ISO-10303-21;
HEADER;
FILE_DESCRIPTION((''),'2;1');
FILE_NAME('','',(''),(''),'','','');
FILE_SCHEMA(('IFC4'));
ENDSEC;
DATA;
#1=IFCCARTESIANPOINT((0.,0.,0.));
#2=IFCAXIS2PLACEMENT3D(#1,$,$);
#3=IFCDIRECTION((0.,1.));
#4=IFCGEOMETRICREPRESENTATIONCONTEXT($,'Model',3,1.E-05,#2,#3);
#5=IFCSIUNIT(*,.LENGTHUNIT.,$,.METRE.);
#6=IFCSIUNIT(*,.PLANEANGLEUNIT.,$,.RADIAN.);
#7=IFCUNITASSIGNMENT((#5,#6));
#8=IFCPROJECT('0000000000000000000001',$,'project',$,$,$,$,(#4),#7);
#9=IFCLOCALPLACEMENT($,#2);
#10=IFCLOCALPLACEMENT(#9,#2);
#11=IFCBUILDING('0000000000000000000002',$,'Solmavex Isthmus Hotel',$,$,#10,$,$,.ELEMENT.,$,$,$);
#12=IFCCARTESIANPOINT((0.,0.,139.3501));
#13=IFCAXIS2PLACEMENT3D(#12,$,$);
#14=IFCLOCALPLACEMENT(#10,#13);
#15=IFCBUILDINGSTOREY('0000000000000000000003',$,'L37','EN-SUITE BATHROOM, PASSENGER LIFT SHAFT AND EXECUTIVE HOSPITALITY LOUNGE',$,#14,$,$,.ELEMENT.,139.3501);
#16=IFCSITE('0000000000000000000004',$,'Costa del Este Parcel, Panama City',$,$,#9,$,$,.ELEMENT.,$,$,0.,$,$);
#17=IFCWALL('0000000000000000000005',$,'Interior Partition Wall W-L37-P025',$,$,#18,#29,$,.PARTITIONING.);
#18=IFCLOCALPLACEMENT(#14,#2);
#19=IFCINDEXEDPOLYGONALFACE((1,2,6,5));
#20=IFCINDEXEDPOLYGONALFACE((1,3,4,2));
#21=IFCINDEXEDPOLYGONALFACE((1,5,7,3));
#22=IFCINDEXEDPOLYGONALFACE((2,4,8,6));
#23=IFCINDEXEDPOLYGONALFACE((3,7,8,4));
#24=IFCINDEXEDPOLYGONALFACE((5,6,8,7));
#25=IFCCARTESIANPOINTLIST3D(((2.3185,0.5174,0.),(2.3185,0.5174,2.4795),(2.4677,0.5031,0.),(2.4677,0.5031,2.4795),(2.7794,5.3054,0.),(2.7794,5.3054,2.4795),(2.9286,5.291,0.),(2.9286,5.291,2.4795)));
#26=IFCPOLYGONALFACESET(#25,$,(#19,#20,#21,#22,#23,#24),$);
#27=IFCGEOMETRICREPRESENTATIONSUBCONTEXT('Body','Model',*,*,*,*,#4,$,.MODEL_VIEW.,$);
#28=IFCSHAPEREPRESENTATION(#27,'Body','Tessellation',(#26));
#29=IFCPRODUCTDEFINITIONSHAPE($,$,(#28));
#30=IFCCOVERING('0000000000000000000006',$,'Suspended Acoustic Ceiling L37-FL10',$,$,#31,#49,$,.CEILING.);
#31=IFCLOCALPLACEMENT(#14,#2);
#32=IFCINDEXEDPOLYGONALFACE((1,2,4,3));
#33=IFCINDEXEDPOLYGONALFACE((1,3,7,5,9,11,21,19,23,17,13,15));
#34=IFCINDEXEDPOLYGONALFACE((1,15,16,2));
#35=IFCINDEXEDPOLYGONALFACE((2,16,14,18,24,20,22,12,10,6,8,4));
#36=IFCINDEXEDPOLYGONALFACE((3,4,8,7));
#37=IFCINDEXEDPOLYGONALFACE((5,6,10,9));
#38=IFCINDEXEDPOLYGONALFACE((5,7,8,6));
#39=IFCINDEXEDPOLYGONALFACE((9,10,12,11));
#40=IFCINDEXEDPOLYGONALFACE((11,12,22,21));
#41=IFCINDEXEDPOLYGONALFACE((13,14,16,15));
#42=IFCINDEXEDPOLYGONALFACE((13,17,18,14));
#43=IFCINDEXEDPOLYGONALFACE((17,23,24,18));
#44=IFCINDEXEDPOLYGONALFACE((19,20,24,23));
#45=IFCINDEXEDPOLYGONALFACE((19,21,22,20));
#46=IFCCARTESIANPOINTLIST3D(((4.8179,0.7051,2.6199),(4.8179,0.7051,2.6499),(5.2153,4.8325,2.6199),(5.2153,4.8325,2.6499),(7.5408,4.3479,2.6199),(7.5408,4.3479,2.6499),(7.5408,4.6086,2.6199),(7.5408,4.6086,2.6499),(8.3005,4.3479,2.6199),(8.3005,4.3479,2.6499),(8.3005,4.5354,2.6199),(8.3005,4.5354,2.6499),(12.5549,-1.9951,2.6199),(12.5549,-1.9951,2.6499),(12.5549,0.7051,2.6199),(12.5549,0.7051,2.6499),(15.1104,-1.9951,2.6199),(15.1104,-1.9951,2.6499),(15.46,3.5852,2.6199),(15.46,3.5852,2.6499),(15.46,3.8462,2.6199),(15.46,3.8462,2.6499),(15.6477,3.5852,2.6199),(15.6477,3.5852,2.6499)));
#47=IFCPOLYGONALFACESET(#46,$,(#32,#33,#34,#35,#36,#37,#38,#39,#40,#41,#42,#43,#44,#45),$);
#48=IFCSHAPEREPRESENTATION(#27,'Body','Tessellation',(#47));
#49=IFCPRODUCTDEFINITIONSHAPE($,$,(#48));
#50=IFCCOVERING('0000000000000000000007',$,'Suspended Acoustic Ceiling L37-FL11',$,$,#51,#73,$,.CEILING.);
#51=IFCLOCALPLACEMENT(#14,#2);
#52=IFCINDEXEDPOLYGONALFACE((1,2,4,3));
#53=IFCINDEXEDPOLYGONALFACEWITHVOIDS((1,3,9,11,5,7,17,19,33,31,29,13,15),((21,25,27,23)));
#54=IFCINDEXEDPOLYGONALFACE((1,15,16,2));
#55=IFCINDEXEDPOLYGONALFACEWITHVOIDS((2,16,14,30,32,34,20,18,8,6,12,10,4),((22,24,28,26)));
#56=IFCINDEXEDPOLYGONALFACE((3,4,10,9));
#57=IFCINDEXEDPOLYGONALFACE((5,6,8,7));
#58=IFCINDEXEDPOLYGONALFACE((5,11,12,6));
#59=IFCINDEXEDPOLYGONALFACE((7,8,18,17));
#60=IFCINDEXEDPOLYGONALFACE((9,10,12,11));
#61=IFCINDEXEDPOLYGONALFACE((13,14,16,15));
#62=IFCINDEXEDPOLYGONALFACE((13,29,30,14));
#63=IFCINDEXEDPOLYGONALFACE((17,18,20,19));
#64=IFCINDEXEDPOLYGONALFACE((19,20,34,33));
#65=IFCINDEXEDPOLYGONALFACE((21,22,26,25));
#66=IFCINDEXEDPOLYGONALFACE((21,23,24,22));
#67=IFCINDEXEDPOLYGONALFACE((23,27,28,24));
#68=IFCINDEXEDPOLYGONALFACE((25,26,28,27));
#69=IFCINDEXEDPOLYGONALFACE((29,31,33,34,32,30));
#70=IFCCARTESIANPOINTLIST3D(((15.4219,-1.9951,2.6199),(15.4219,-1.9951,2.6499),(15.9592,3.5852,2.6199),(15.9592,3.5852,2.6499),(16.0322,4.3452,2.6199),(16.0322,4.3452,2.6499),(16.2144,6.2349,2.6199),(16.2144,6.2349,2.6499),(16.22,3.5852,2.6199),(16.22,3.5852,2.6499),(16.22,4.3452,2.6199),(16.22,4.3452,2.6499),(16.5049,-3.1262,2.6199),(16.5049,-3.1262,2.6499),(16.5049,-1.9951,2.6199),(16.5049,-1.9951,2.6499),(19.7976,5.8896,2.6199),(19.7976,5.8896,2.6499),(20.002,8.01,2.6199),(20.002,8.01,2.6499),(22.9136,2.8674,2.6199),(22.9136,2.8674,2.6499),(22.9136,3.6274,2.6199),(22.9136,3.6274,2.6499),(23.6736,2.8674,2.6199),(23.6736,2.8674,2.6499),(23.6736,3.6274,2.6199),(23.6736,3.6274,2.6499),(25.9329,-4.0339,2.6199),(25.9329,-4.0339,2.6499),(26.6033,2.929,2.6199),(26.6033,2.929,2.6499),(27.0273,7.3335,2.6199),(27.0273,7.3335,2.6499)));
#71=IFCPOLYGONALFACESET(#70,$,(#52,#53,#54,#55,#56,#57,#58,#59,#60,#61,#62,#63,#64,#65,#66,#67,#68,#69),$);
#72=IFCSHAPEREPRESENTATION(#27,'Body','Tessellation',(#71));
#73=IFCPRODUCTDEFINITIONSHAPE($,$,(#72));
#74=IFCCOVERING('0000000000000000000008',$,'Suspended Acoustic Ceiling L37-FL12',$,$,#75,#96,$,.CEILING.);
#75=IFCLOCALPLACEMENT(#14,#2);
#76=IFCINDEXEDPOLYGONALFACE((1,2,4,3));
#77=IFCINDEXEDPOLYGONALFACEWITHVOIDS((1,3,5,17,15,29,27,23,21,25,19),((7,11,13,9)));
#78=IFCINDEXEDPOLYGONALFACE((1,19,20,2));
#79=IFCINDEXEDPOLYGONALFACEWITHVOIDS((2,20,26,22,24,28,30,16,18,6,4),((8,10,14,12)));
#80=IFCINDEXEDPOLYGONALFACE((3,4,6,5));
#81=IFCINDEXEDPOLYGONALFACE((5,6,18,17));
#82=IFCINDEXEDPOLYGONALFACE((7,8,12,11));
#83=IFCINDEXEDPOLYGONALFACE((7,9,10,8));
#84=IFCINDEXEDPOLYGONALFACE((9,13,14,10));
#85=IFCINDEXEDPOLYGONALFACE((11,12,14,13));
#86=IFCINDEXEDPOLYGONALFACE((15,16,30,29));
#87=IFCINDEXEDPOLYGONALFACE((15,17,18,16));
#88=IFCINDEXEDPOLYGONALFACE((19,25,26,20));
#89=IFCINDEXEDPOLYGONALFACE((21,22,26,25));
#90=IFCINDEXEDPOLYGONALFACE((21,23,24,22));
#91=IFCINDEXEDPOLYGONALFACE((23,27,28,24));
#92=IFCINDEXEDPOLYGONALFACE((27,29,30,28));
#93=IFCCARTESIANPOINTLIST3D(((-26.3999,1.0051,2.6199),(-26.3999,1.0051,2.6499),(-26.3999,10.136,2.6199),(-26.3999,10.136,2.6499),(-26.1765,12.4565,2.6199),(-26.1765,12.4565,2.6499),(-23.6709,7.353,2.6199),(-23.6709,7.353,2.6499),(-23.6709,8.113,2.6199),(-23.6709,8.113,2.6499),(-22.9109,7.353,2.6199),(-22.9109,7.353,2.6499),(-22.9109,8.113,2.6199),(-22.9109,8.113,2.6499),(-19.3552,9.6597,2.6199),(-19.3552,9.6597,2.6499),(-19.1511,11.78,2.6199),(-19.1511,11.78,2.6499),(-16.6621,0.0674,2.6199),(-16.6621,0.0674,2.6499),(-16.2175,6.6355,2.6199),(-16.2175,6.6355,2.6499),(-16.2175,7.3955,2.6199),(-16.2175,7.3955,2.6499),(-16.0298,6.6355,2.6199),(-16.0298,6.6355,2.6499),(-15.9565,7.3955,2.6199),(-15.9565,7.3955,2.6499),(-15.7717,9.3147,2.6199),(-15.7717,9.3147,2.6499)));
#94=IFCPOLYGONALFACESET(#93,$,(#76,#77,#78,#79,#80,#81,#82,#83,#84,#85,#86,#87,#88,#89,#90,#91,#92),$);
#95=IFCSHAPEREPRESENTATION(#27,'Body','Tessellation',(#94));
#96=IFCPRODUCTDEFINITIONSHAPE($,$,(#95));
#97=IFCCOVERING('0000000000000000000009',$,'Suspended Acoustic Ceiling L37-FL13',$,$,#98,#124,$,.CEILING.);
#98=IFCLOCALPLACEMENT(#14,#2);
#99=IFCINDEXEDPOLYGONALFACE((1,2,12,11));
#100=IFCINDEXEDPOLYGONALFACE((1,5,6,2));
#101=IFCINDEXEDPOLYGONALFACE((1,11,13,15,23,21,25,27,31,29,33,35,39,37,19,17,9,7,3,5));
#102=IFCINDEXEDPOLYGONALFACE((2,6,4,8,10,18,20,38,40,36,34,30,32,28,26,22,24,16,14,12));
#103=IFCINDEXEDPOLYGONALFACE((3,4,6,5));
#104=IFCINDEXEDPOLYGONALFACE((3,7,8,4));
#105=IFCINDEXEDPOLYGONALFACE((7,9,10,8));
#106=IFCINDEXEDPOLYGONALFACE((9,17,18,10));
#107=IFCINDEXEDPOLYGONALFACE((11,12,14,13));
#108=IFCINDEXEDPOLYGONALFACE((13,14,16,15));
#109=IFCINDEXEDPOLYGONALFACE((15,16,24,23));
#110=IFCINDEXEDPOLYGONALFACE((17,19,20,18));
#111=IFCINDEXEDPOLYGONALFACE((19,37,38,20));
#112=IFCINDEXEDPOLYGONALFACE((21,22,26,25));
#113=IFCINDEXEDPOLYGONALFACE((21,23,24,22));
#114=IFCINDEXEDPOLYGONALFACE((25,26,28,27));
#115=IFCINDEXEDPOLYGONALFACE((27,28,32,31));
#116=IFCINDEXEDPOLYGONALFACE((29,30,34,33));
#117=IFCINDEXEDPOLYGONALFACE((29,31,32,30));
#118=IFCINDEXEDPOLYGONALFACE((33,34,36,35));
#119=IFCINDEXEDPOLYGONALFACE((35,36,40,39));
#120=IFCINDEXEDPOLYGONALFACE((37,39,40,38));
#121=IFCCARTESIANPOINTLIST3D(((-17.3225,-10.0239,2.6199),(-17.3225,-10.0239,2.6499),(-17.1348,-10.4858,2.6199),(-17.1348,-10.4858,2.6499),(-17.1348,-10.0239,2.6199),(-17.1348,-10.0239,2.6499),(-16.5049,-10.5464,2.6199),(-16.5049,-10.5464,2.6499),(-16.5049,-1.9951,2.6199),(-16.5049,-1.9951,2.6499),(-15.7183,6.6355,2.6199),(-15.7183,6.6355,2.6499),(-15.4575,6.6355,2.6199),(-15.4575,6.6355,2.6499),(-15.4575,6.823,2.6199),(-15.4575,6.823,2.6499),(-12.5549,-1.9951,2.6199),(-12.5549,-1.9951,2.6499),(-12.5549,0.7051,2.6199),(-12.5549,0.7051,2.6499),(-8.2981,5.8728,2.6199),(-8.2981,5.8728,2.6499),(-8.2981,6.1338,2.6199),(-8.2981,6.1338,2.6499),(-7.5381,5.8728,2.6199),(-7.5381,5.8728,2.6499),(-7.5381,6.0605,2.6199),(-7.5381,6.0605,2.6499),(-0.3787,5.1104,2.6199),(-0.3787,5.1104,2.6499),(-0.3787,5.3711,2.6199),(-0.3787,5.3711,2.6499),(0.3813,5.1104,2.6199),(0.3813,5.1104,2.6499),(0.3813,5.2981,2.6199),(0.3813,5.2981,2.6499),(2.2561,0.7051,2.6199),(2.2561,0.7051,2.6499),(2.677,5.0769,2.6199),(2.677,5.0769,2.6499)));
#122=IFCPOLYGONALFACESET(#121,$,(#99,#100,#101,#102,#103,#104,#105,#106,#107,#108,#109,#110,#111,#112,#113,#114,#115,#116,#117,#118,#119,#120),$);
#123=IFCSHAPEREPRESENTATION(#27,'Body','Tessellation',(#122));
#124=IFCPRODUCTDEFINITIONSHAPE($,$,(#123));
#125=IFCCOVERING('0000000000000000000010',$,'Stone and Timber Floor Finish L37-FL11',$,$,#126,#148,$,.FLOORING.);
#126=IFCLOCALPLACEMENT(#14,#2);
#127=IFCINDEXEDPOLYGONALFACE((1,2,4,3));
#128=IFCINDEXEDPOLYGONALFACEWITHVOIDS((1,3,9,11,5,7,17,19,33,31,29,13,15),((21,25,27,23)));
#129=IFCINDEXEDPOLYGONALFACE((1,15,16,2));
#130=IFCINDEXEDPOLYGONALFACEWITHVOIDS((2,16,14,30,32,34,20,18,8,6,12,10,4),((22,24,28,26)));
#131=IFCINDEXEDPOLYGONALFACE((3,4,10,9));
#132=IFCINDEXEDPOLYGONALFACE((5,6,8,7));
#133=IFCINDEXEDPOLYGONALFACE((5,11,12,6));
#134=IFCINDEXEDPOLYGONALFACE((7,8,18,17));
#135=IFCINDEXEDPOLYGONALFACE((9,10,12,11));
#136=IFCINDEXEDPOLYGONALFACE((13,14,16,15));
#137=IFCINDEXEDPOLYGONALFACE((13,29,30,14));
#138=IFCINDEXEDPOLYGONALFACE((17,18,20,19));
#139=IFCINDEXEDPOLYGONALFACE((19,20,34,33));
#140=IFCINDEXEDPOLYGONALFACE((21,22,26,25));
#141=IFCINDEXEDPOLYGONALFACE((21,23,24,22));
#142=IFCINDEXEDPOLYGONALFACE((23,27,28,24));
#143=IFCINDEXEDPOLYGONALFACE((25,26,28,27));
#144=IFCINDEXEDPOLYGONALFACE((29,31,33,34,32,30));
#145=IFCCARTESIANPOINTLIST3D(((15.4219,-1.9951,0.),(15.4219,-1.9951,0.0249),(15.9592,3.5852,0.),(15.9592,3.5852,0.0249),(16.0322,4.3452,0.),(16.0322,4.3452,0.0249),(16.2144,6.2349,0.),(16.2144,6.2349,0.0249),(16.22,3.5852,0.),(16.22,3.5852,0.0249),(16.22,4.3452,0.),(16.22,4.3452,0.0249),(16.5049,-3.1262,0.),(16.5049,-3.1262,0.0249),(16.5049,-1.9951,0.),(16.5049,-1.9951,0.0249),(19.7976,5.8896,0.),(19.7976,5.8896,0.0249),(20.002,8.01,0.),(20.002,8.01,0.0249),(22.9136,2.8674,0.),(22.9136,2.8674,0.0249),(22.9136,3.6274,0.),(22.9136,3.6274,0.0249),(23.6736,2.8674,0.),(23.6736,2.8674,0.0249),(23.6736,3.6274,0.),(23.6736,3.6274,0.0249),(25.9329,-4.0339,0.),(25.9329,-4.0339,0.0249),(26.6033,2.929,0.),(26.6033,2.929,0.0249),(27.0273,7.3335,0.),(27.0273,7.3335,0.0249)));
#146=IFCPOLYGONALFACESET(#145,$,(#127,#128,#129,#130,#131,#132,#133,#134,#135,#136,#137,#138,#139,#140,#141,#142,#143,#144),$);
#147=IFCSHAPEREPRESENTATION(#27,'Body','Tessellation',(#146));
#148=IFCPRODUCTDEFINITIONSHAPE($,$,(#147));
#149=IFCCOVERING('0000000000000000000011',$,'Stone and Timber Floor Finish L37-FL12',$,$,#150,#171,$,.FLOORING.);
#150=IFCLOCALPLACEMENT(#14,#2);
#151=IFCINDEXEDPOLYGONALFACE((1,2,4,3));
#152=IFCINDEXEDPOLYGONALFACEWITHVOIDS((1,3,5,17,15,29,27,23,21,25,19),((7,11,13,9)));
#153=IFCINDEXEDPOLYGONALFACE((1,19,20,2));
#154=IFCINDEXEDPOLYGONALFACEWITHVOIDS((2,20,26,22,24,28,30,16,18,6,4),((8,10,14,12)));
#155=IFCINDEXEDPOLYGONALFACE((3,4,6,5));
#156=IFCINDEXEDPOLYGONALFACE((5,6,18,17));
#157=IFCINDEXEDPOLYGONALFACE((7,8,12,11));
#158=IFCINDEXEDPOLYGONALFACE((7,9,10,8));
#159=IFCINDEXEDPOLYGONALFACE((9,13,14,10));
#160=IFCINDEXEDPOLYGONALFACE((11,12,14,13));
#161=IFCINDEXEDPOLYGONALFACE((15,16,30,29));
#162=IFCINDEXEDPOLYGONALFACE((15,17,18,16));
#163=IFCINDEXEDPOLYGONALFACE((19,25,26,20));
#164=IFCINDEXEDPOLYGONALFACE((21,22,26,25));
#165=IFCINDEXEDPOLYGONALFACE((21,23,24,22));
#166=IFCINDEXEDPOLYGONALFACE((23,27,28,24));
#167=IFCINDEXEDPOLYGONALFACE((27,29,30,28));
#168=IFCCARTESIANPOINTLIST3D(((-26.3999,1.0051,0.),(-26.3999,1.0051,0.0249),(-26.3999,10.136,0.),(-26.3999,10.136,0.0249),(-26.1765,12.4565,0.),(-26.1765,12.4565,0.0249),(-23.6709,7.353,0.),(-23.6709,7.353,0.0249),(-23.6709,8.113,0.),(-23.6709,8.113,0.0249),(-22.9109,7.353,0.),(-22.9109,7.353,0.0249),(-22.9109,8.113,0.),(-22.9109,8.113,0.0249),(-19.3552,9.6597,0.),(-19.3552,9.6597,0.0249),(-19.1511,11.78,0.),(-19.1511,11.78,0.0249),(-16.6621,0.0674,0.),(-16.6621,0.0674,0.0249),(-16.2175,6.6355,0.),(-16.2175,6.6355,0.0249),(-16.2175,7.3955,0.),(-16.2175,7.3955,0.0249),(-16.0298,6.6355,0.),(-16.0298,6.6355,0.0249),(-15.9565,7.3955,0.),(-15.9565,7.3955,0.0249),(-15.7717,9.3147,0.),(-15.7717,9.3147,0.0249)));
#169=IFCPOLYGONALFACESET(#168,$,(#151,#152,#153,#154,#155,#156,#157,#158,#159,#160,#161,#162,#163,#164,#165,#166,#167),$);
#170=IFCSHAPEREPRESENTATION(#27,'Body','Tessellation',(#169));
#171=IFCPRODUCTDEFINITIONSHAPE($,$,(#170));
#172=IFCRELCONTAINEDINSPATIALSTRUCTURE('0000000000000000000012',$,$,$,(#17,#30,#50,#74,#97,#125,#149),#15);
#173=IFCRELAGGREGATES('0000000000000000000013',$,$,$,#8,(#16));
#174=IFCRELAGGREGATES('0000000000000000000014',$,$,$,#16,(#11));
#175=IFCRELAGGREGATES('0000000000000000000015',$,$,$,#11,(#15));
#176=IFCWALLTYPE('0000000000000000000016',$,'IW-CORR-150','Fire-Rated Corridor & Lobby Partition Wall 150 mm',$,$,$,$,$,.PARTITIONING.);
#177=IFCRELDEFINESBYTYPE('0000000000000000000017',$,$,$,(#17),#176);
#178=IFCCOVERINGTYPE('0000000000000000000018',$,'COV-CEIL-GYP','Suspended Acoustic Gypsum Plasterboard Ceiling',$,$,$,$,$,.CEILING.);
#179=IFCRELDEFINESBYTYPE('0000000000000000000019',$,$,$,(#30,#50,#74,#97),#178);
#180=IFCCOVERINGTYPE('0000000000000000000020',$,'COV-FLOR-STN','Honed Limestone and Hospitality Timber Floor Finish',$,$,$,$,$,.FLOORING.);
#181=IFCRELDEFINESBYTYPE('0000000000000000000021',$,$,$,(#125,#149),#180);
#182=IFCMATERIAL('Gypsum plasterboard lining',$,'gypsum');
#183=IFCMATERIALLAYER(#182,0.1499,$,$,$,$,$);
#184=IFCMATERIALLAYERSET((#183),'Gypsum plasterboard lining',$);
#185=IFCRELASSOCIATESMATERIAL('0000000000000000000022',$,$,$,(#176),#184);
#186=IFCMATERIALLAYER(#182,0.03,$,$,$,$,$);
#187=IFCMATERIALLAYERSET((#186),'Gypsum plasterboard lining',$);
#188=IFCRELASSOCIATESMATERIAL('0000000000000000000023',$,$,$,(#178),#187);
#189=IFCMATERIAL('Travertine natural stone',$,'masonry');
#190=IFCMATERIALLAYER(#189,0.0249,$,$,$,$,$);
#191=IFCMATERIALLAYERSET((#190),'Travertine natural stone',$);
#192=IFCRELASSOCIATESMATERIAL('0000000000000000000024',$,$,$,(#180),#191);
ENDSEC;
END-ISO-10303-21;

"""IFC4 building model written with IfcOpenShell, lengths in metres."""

from ifc_helpers import new_model, si_unit, direction, frame, frame_2d, origin, place, context, subcontext, project, spatial, polyline, rectangle, outline, extrude, material, layer, layer_set, type_object, element, save


model = new_model("IFC4")

# Units and contexts
model_context = context("Model", 3, precision=1e-05, world=origin(), true_north=direction((0.0, 1.0)))
body_context = subcontext(model_context, "Body", "Model", "MODEL_VIEW")
ifc_project = project(units=[si_unit("LENGTHUNIT", "METRE"), si_unit("PLANEANGLEUNIT", "RADIAN")], contexts=[model_context])

# Site, building, storey
site_placement = place(None, origin())
site = spatial("IfcSite", under=ifc_project, at=site_placement, Name="Costa del Este Parcel, Panama City", CompositionType="ELEMENT", RefElevation=0.0)
building_placement = place(site_placement, origin())
building = spatial("IfcBuilding", under=site, at=building_placement, Name="Solmavex Isthmus Hotel", CompositionType="ELEMENT")
storey_placement = place(building_placement, frame((0.0, 0.0, 139.3501)))
storey = spatial("IfcBuildingStorey", under=building, at=storey_placement, Name="L37", Description="EN-SUITE BATHROOM, PASSENGER LIFT SHAFT AND EXECUTIVE HOSPITALITY LOUNGE", CompositionType="ELEMENT", Elevation=139.3501)

# Shared definitions
ifc_material_1 = material(Name="Gypsum plasterboard lining", Category="gypsum")
ifc_layer_1 = layer(ifc_material_1, 0.1499)
ifc_layer_set_1 = layer_set([ifc_layer_1], Name="Gypsum plasterboard lining")
wall_type_1 = type_object("IfcWallType", Name="IW-CORR-150", Description="Fire-Rated Corridor & Lobby Partition Wall 150 mm", PredefinedType="PARTITIONING", material=ifc_layer_set_1)

# Wall
wall_1_placement = place(storey_placement, frame((2.3931, 0.5103, 0.0), z_axis=(0.0, 0.0, 1.0), x_axis=(0.095829, 0.995398, 0.0)))
element("IfcWall", 1, at=wall_1_placement, inside=storey, type_object=wall_type_1, Name="Interior Partition Wall W-L37-P025", PredefinedType="PARTITIONING", context=body_context, shape_type="SweptSolid", body=[
    extrude(rectangle(XDim=4.8101, YDim=0.1499, at=frame_2d((2.405, 0.0))), origin(), (0.0, 0.0, 1.0), 2.4795),
])

# Coverings
ifc_layer_2 = layer(ifc_material_1, 0.03)
ifc_layer_set_2 = layer_set([ifc_layer_2], Name="Gypsum plasterboard lining")
covering_type_1 = type_object("IfcCoveringType", Name="COV-CEIL-GYP", Description="Suspended Acoustic Gypsum Plasterboard Ceiling", PredefinedType="CEILING", material=ifc_layer_set_2)
covering_1_placement = place(storey_placement, frame((0.0, 0.0, 2.6199)))
element("IfcCovering", 2, at=covering_1_placement, inside=storey, type_object=covering_type_1, Name="Suspended Acoustic Ceiling L37-FL10", PredefinedType="CEILING", context=body_context, shape_type="SweptSolid", body=[
    extrude(outline(polyline([(8.3005, 4.5354), (8.3005, 4.3479), (7.5408, 4.3479), (7.5408, 4.6086), (5.2153, 4.8325), (4.8179, 0.7051), (12.5549, 0.7051), (12.5549, -1.9951), (15.1104, -1.9951), (15.6477, 3.5852), (15.46, 3.5852), (15.46, 3.8462), (8.3005, 4.5354)])), origin(), (0.0, 0.0, 1.0), 0.03),
])
covering_2_placement = place(storey_placement, frame((0.0, 0.0, 2.6199)))
element("IfcCovering", 3, at=covering_2_placement, inside=storey, type_object=covering_type_1, Name="Suspended Acoustic Ceiling L37-FL11", PredefinedType="CEILING", context=body_context, shape_type="SweptSolid", body=[
    extrude(outline(polyline([(16.0322, 4.3452), (16.22, 4.3452), (16.22, 3.5852), (15.9592, 3.5852), (15.4219, -1.9951), (16.5049, -1.9951), (16.5049, -3.1262), (25.9329, -4.0339), (26.6033, 2.929), (27.0273, 7.3335), (20.002, 8.01), (19.7976, 5.8896), (16.2144, 6.2349), (16.0322, 4.3452)]), holes=[polyline([(22.9136, 2.8674), (22.9136, 3.6274), (23.6736, 3.6274), (23.6736, 2.8674), (22.9136, 2.8674)])]), origin(), (0.0, 0.0, 1.0), 0.03),
])
covering_3_placement = place(storey_placement, frame((0.0, 0.0, 2.6199)))
element("IfcCovering", 4, at=covering_3_placement, inside=storey, type_object=covering_type_1, Name="Suspended Acoustic Ceiling L37-FL12", PredefinedType="CEILING", context=body_context, shape_type="SweptSolid", body=[
    extrude(outline(polyline([(-16.0298, 6.6355), (-16.2175, 6.6355), (-16.2175, 7.3955), (-15.9565, 7.3955), (-15.7717, 9.3147), (-19.3552, 9.6597), (-19.1511, 11.78), (-26.1765, 12.4565), (-26.3999, 10.136), (-26.3999, 1.0051), (-16.6621, 0.0674), (-16.0298, 6.6355)]), holes=[polyline([(-23.6709, 7.353), (-23.6709, 8.113), (-22.9109, 8.113), (-22.9109, 7.353), (-23.6709, 7.353)])]), origin(), (0.0, 0.0, 1.0), 0.03),
])
covering_4_placement = place(storey_placement, frame((0.0, 0.0, 2.6199)))
element("IfcCovering", 5, at=covering_4_placement, inside=storey, type_object=covering_type_1, Name="Suspended Acoustic Ceiling L37-FL13", PredefinedType="CEILING", context=body_context, shape_type="SweptSolid", body=[
    extrude(outline(polyline([(-17.3225, -10.0239), (-17.1348, -10.0239), (-17.1348, -10.4858), (-16.5049, -10.5464), (-16.5049, -1.9951), (-12.5549, -1.9951), (-12.5549, 0.7051), (2.2561, 0.7051), (2.677, 5.0769), (0.3813, 5.2981), (0.3813, 5.1104), (-0.3787, 5.1104), (-0.3787, 5.3711), (-7.5381, 6.0605), (-7.5381, 5.8728), (-8.2981, 5.8728), (-8.2981, 6.1338), (-15.4575, 6.823), (-15.4575, 6.6355), (-15.7183, 6.6355), (-17.3225, -10.0239)])), origin(), (0.0, 0.0, 1.0), 0.03),
])
ifc_material_2 = material(Name="Travertine natural stone", Category="masonry")
ifc_layer_3 = layer(ifc_material_2, 0.0249)
ifc_layer_set_3 = layer_set([ifc_layer_3], Name="Travertine natural stone")
covering_type_2 = type_object("IfcCoveringType", Name="COV-FLOR-STN", Description="Honed Limestone and Hospitality Timber Floor Finish", PredefinedType="FLOORING", material=ifc_layer_set_3)
covering_5_placement = place(storey_placement, origin())
element("IfcCovering", 6, at=covering_5_placement, inside=storey, type_object=covering_type_2, Name="Stone and Timber Floor Finish L37-FL11", PredefinedType="FLOORING", context=body_context, shape_type="SweptSolid", body=[
    extrude(outline(polyline([(16.0322, 4.3452), (16.22, 4.3452), (16.22, 3.5852), (15.9592, 3.5852), (15.4219, -1.9951), (16.5049, -1.9951), (16.5049, -3.1262), (25.9329, -4.0339), (26.6033, 2.929), (27.0273, 7.3335), (20.002, 8.01), (19.7976, 5.8896), (16.2144, 6.2349), (16.0322, 4.3452)]), holes=[polyline([(22.9136, 2.8674), (22.9136, 3.6274), (23.6736, 3.6274), (23.6736, 2.8674), (22.9136, 2.8674)])]), origin(), (0.0, 0.0, 1.0), 0.0249),
])
covering_6_placement = place(storey_placement, origin())
element("IfcCovering", 7, at=covering_6_placement, inside=storey, type_object=covering_type_2, Name="Stone and Timber Floor Finish L37-FL12", PredefinedType="FLOORING", context=body_context, shape_type="SweptSolid", body=[
    extrude(outline(polyline([(-16.0298, 6.6355), (-16.2175, 6.6355), (-16.2175, 7.3955), (-15.9565, 7.3955), (-15.7717, 9.3147), (-19.3552, 9.6597), (-19.1511, 11.78), (-26.1765, 12.4565), (-26.3999, 10.136), (-26.3999, 1.0051), (-16.6621, 0.0674), (-16.0298, 6.6355)]), holes=[polyline([(-23.6709, 7.353), (-23.6709, 8.113), (-22.9109, 8.113), (-22.9109, 7.353), (-23.6709, 7.353)])]), origin(), (0.0, 0.0, 1.0), 0.0249),
])

save(model, "model.ifc")
